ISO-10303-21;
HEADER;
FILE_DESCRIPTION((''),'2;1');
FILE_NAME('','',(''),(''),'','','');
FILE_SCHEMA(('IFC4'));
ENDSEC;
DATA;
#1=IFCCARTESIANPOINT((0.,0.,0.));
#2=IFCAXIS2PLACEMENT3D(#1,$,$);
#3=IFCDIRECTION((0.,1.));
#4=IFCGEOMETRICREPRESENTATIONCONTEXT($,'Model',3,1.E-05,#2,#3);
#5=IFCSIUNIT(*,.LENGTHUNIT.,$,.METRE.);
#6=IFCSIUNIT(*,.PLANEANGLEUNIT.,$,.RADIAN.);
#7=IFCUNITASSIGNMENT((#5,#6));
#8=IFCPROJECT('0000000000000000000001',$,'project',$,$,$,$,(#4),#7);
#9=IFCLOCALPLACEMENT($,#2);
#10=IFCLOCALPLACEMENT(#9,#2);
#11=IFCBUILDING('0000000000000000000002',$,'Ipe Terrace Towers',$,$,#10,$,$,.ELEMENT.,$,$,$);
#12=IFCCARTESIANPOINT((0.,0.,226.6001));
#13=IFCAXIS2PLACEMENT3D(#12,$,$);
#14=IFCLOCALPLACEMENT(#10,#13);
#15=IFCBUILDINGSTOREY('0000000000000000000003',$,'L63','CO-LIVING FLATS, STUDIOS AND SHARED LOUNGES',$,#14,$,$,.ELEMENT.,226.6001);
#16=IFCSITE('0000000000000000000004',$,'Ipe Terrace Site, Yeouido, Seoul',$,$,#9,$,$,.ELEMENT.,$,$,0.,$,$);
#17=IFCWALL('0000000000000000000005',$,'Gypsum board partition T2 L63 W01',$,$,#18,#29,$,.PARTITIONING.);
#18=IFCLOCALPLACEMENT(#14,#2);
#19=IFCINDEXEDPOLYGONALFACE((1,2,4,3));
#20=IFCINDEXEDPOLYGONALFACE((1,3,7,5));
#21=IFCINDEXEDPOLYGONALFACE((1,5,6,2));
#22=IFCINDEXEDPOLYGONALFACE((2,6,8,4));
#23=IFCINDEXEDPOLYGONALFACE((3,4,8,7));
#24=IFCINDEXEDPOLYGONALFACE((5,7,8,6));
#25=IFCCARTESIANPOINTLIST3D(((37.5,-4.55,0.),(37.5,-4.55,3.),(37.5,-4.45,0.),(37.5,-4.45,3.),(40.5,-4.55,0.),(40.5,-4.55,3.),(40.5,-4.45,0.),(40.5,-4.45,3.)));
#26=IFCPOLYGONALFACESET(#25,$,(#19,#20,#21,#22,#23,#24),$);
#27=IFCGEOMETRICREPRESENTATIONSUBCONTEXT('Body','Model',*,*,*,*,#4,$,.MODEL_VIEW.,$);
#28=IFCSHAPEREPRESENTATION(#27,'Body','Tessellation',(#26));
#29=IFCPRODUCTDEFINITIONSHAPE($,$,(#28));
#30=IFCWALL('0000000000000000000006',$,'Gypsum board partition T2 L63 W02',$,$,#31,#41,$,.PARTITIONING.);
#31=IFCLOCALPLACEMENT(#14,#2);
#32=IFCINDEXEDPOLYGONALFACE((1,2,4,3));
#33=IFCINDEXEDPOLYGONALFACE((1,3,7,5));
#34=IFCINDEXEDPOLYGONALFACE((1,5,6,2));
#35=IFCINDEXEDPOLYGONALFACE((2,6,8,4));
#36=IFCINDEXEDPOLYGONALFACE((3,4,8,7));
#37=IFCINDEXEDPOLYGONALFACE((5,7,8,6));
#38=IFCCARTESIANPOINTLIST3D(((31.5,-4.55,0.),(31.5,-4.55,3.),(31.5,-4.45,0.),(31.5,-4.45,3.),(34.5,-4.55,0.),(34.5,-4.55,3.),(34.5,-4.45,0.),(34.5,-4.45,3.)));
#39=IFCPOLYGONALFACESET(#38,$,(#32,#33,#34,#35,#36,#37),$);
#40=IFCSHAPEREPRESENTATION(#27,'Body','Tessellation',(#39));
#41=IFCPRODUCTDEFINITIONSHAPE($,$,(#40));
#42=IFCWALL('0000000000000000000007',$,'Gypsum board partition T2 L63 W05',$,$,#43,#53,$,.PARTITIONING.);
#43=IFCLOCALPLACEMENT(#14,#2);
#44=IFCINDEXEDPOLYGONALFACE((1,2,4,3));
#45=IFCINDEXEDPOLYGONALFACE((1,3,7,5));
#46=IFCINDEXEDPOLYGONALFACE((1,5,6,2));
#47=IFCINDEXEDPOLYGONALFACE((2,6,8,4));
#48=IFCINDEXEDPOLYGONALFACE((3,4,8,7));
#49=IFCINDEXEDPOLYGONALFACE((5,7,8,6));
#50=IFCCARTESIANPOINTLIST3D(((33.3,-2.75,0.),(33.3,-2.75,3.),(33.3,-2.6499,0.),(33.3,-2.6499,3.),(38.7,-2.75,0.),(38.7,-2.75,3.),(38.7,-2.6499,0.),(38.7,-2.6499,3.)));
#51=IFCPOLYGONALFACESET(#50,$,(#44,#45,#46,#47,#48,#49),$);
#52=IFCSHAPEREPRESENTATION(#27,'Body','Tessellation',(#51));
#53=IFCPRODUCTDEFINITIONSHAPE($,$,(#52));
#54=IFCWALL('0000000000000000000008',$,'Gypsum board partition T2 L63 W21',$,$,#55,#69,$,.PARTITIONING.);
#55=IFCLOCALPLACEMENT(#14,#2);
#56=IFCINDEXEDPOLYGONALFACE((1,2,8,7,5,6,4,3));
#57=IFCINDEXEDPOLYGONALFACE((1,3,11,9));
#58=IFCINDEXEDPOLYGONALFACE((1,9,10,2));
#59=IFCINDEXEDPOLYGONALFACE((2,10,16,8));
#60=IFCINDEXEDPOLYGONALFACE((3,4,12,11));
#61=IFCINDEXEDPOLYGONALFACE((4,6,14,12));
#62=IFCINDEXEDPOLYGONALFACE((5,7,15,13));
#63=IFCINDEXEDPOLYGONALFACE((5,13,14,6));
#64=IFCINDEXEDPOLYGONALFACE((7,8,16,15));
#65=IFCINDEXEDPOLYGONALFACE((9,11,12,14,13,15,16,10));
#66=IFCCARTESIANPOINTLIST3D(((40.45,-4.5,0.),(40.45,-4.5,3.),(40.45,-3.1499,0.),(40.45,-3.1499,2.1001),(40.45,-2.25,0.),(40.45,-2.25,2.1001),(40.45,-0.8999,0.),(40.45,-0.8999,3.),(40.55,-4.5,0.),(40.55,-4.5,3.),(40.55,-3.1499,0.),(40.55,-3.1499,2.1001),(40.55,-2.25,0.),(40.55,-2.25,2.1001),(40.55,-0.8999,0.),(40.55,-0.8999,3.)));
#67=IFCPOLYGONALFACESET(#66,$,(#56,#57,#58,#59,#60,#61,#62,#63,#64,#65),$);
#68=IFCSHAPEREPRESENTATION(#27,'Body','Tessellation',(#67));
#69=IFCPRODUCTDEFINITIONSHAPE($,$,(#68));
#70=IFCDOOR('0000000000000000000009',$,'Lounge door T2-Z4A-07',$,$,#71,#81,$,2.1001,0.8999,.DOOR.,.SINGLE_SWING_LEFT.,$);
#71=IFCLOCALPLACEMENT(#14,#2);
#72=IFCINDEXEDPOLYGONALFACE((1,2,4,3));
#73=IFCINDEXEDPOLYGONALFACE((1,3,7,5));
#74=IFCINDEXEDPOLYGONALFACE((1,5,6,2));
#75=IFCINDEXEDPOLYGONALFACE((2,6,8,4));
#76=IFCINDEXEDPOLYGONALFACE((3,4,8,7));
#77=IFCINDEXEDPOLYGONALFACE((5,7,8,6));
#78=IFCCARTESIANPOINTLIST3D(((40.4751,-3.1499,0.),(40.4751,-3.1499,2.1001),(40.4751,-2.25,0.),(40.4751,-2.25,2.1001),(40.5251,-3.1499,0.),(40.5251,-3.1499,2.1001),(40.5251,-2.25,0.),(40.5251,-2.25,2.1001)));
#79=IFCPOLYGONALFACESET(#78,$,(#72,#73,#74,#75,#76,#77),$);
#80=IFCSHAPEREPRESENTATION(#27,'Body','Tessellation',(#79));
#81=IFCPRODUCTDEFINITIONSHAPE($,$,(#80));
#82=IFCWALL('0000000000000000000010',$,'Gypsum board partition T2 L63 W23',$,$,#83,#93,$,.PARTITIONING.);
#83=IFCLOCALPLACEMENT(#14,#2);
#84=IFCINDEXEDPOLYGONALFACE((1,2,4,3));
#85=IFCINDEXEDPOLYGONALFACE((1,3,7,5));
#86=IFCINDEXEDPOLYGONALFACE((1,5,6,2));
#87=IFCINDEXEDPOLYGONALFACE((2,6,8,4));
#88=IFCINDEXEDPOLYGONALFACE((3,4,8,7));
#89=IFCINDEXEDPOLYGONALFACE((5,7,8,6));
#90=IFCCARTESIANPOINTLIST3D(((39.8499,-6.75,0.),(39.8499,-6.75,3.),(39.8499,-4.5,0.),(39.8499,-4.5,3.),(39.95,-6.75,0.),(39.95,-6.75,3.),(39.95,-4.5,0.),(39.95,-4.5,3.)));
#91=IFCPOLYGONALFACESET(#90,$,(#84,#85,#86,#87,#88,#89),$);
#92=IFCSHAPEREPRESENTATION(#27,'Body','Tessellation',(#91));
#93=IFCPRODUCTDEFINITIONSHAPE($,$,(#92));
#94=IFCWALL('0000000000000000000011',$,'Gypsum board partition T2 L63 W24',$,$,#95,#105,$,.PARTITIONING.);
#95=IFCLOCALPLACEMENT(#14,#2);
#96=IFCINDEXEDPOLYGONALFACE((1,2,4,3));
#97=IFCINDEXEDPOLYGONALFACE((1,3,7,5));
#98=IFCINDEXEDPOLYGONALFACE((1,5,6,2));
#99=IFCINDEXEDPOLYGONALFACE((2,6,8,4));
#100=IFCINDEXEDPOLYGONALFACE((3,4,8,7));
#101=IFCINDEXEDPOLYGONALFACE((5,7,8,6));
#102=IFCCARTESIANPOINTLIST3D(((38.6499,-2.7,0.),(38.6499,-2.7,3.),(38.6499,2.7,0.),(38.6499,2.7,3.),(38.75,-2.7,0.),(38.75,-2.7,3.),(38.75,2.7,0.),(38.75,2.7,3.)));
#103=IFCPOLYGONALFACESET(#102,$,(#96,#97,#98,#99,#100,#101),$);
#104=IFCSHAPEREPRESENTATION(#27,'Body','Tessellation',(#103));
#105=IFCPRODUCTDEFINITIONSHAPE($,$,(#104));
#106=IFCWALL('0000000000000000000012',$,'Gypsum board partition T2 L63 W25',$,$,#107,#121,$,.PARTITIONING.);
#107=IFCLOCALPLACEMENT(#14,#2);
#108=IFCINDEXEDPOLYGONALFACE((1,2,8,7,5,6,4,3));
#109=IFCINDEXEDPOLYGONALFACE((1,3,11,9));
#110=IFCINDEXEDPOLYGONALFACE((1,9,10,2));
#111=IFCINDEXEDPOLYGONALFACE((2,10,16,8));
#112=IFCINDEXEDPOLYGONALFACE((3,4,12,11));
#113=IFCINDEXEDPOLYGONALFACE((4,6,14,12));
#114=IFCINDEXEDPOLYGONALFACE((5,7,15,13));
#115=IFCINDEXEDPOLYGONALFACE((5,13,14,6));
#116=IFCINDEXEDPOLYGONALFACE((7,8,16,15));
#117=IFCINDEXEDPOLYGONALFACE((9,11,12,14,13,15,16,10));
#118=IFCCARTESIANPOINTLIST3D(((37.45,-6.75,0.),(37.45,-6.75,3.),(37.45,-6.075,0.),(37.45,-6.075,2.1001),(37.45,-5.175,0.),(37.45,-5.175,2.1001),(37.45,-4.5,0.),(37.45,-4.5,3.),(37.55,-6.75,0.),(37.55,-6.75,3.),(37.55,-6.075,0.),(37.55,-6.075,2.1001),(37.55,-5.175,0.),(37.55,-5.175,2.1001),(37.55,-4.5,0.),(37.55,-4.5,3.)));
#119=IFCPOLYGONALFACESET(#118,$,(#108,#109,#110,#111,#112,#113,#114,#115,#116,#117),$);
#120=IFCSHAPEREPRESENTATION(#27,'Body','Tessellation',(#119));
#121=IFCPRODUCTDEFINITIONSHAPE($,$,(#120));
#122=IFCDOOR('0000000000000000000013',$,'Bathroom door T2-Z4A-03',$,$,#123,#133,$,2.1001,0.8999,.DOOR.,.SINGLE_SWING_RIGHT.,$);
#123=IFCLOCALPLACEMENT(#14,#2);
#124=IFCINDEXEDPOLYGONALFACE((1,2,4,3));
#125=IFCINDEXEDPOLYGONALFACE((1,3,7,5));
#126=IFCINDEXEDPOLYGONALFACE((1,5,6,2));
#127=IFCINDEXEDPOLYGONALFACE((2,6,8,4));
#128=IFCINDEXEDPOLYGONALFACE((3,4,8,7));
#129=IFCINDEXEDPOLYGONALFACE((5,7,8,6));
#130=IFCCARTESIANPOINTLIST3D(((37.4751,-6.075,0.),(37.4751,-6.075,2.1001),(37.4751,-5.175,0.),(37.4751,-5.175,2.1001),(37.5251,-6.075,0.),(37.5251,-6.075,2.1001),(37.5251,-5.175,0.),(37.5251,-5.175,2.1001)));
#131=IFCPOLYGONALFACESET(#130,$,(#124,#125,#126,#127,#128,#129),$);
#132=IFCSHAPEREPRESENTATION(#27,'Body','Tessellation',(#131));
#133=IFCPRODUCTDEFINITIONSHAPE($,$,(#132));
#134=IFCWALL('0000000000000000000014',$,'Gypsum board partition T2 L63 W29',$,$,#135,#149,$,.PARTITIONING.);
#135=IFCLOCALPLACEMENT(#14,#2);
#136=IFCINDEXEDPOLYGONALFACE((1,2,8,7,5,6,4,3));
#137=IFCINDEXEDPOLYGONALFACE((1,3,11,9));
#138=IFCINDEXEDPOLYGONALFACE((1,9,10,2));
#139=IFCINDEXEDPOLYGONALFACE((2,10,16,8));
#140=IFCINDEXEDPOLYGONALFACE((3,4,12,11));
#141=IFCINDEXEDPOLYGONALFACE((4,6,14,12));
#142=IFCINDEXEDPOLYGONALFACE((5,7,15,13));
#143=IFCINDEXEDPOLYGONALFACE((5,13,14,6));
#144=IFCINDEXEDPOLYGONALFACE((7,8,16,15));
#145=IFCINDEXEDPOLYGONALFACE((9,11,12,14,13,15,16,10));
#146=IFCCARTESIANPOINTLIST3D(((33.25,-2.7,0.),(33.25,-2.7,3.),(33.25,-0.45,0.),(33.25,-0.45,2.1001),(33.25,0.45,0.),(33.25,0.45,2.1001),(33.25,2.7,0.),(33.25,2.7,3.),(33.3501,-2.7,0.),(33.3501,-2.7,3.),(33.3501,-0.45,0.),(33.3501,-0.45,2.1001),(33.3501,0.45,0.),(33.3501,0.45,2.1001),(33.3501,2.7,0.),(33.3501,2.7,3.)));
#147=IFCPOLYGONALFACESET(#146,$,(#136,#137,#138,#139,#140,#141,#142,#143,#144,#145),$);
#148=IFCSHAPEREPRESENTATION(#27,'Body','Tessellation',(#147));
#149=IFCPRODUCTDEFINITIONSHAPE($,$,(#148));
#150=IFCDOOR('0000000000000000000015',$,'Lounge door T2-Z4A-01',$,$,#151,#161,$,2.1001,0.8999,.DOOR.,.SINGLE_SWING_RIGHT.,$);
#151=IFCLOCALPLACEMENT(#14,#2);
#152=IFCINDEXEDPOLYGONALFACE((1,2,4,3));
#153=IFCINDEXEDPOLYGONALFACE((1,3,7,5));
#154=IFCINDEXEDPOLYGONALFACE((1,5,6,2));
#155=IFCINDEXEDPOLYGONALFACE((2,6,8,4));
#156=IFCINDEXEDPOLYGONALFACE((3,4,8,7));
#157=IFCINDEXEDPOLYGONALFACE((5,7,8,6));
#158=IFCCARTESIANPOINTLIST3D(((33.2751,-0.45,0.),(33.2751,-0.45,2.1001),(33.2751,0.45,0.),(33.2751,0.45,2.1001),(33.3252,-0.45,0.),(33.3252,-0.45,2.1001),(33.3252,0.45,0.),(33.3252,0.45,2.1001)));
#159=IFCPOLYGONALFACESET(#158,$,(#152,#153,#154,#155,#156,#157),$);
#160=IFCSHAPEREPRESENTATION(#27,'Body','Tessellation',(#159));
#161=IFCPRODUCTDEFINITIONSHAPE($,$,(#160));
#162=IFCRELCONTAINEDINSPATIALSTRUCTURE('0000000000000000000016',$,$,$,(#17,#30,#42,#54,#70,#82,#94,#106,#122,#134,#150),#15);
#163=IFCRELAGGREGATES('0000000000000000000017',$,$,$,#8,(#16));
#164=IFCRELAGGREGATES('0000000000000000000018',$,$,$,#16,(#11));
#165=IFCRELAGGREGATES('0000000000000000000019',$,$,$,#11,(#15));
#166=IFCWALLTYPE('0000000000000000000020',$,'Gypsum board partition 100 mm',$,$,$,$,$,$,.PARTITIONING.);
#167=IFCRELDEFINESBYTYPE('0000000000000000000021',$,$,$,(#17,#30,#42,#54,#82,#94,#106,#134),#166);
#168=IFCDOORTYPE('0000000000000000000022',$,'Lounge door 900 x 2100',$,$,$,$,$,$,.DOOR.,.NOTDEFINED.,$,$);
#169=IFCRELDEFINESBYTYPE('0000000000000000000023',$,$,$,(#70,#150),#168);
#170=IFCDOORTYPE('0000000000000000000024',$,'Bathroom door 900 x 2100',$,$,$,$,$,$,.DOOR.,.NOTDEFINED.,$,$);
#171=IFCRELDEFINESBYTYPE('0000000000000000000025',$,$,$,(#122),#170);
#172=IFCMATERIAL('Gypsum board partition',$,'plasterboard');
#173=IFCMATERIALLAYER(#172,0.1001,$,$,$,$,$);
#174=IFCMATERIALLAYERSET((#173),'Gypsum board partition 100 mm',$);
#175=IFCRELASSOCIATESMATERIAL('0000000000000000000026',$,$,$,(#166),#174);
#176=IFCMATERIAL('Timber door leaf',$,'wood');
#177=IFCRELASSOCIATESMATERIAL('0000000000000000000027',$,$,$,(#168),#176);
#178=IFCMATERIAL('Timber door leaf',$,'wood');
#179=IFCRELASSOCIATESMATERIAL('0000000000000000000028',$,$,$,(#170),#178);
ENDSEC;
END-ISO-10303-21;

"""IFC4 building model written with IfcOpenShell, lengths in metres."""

from ifc_helpers import new_model, si_unit, direction, frame, frame_2d, origin, place, context, subcontext, project, spatial, rectangle, extrude, material, layer, layer_set, type_object, element, fill, save


model = new_model("IFC4")

# Units and contexts
model_context = context("Model", 3, precision=1e-05, world=origin(), true_north=direction((0.0, 1.0)))
body_context = subcontext(model_context, "Body", "Model", "MODEL_VIEW")
ifc_project = project(units=[si_unit("LENGTHUNIT", "METRE"), si_unit("PLANEANGLEUNIT", "RADIAN")], contexts=[model_context])

# Site, building, storey
site_placement = place(None, origin())
site = spatial("IfcSite", under=ifc_project, at=site_placement, Name="Ipe Terrace Site, Yeouido, Seoul", CompositionType="ELEMENT", RefElevation=0.0)
building_placement = place(site_placement, origin())
building = spatial("IfcBuilding", under=site, at=building_placement, Name="Ipe Terrace Towers", CompositionType="ELEMENT")
storey_placement = place(building_placement, frame((0.0, 0.0, 226.6001)))
storey = spatial("IfcBuildingStorey", under=building, at=storey_placement, Name="L63", Description="CO-LIVING FLATS, STUDIOS AND SHARED LOUNGES", CompositionType="ELEMENT", Elevation=226.6001)

# Walls
ifc_material_1 = material(Name="Gypsum board partition", Category="plasterboard")
ifc_layer = layer(ifc_material_1, 0.1001)
ifc_layer_set = layer_set([ifc_layer], Name="Gypsum board partition 100 mm")
wall_type = type_object("IfcWallType", Name="Gypsum board partition 100 mm", PredefinedType="PARTITIONING", material=ifc_layer_set)
for number, where, z_axis, x_axis, name in (
    (1, (40.5, -4.5, 0.0), (0.0, 0.0, 1.0), (-1.0, 0.0, 0.0), "Gypsum board partition T2 L63 W01"),
    (2, (34.5, -4.5, 0.0), (0.0, 0.0, 1.0), (-1.0, 0.0, 0.0), "Gypsum board partition T2 L63 W02"),
):
    element("IfcWall", number, at=place(storey_placement, frame(where, z_axis=z_axis, x_axis=x_axis)), inside=storey, type_object=wall_type, Name=name, PredefinedType="PARTITIONING", context=body_context, shape_type="SweptSolid", body=[
        extrude(rectangle(XDim=3.0, YDim=0.1001, at=frame_2d((1.5, 0.0))), origin(), (0.0, 0.0, 1.0), 3.0),
    ])
wall_1_placement = place(storey_placement, frame((38.7, -2.7, 0.0), z_axis=(0.0, 0.0, 1.0), x_axis=(-1.0, 0.0, 0.0)))
element("IfcWall", 3, at=wall_1_placement, inside=storey, type_object=wall_type, Name="Gypsum board partition T2 L63 W05", PredefinedType="PARTITIONING", context=body_context, shape_type="SweptSolid", body=[
    extrude(rectangle(XDim=5.3999, YDim=0.1001, at=frame_2d((2.7, 0.0))), origin(), (0.0, 0.0, 1.0), 3.0),
])

# Wall, opening, door
wall_2_placement = place(storey_placement, frame((40.5, -4.5, 0.0), z_axis=(0.0, 0.0, 1.0), x_axis=(0.0, 1.0, 0.0)))
wall_2 = element("IfcWall", 4, at=wall_2_placement, inside=storey, type_object=wall_type, Name="Gypsum board partition T2 L63 W21", PredefinedType="PARTITIONING", context=body_context, shape_type="SweptSolid", body=[
    extrude(rectangle(XDim=3.6001, YDim=0.1001, at=frame_2d((1.8, 0.0))), origin(), (0.0, 0.0, 1.0), 3.0),
])
opening_1_placement = place(wall_2_placement, frame((1.3501, 0.0, 0.0)))
opening_1 = element("IfcOpeningElement", 5, at=opening_1_placement, cuts=wall_2, PredefinedType="OPENING", context=body_context, shape_type="SweptSolid", body=[
    extrude(rectangle(XDim=0.8999, YDim=2.1001, at=frame_2d((0.45, 1.05))), frame((0.0, 0.0601, 0.0), z_axis=(0.0, -1.0, 0.0), x_axis=(1.0, 0.0, 0.0)), (0.0, 0.0, 1.0), 0.1201),
])
ifc_material_2 = material(Name="Timber door leaf", Category="wood")
door_type_1 = type_object("IfcDoorType", Name="Lounge door 900 x 2100", OperationType="NOTDEFINED", PredefinedType="DOOR", material=ifc_material_2)
door_1_placement = place(opening_1_placement, origin())
door_1 = element("IfcDoor", 6, at=door_1_placement, inside=storey, type_object=door_type_1, Name="Lounge door T2-Z4A-07", OperationType="SINGLE_SWING_LEFT", OverallHeight=2.1001, OverallWidth=0.8999, PredefinedType="DOOR", context=body_context, shape_type="SweptSolid", body=[
    extrude(rectangle(XDim=0.8999, YDim=2.1001, at=frame_2d((0.45, 1.05))), frame((0.0, 0.0249, 0.0), z_axis=(0.0, -1.0, 0.0), x_axis=(1.0, 0.0, 0.0)), (0.0, 0.0, 1.0), 0.05),
])
fill(opening_1, door_1)

# Walls
wall_3_placement = place(storey_placement, frame((39.8999, -6.75, 0.0), z_axis=(0.0, 0.0, 1.0), x_axis=(0.0, 1.0, 0.0)))
element("IfcWall", 7, at=wall_3_placement, inside=storey, type_object=wall_type, Name="Gypsum board partition T2 L63 W23", PredefinedType="PARTITIONING", context=body_context, shape_type="SweptSolid", body=[
    extrude(rectangle(XDim=2.25, YDim=0.1001, at=frame_2d((1.125, 0.0))), origin(), (0.0, 0.0, 1.0), 3.0),
])
wall_4_placement = place(storey_placement, frame((38.7, -2.7, 0.0), z_axis=(0.0, 0.0, 1.0), x_axis=(0.0, 1.0, 0.0)))
element("IfcWall", 8, at=wall_4_placement, inside=storey, type_object=wall_type, Name="Gypsum board partition T2 L63 W24", PredefinedType="PARTITIONING", context=body_context, shape_type="SweptSolid", body=[
    extrude(rectangle(XDim=5.3999, YDim=0.1001, at=frame_2d((2.7, 0.0))), origin(), (0.0, 0.0, 1.0), 3.0),
])

# Walls, openings, doors
wall_5_placement = place(storey_placement, frame((37.5, -6.75, 0.0), z_axis=(0.0, 0.0, 1.0), x_axis=(0.0, 1.0, 0.0)))
wall_5 = element("IfcWall", 9, at=wall_5_placement, inside=storey, type_object=wall_type, Name="Gypsum board partition T2 L63 W25", PredefinedType="PARTITIONING", context=body_context, shape_type="SweptSolid", body=[
    extrude(rectangle(XDim=2.25, YDim=0.1001, at=frame_2d((1.125, 0.0))), origin(), (0.0, 0.0, 1.0), 3.0),
])
opening_2_placement = place(wall_5_placement, frame((0.675, 0.0, 0.0)))
opening_2 = element("IfcOpeningElement", 10, at=opening_2_placement, cuts=wall_5, PredefinedType="OPENING", context=body_context, shape_type="SweptSolid", body=[
    extrude(rectangle(XDim=0.8999, YDim=2.1001, at=frame_2d((0.45, 1.05))), frame((0.0, 0.0601, 0.0), z_axis=(0.0, -1.0, 0.0), x_axis=(1.0, 0.0, 0.0)), (0.0, 0.0, 1.0), 0.1201),
])
ifc_material_3 = material(Name="Timber door leaf", Category="wood")
door_type_2 = type_object("IfcDoorType", Name="Bathroom door 900 x 2100", OperationType="NOTDEFINED", PredefinedType="DOOR", material=ifc_material_3)
door_2_placement = place(opening_2_placement, origin())
door_2 = element("IfcDoor", 11, at=door_2_placement, inside=storey, type_object=door_type_2, Name="Bathroom door T2-Z4A-03", OperationType="SINGLE_SWING_RIGHT", OverallHeight=2.1001, OverallWidth=0.8999, PredefinedType="DOOR", context=body_context, shape_type="SweptSolid", body=[
    extrude(rectangle(XDim=0.8999, YDim=2.1001, at=frame_2d((0.45, 1.05))), frame((0.0, 0.0249, 0.0), z_axis=(0.0, -1.0, 0.0), x_axis=(1.0, 0.0, 0.0)), (0.0, 0.0, 1.0), 0.05),
])
fill(opening_2, door_2)
wall_6_placement = place(storey_placement, frame((33.3, -2.7, 0.0), z_axis=(0.0, 0.0, 1.0), x_axis=(0.0, 1.0, 0.0)))
wall_6 = element("IfcWall", 12, at=wall_6_placement, inside=storey, type_object=wall_type, Name="Gypsum board partition T2 L63 W29", PredefinedType="PARTITIONING", context=body_context, shape_type="SweptSolid", body=[
    extrude(rectangle(XDim=5.3999, YDim=0.1001, at=frame_2d((2.7, 0.0))), origin(), (0.0, 0.0, 1.0), 3.0),
])
opening_3_placement = place(wall_6_placement, frame((2.25, 0.0, 0.0)))
opening_3 = element("IfcOpeningElement", 13, at=opening_3_placement, cuts=wall_6, PredefinedType="OPENING", context=body_context, shape_type="SweptSolid", body=[
    extrude(rectangle(XDim=0.8999, YDim=2.1001, at=frame_2d((0.45, 1.05))), frame((0.0, 0.0601, 0.0), z_axis=(0.0, -1.0, 0.0), x_axis=(1.0, 0.0, 0.0)), (0.0, 0.0, 1.0), 0.1201),
])
door_3_placement = place(opening_3_placement, origin())
door_3 = element("IfcDoor", 14, at=door_3_placement, inside=storey, type_object=door_type_1, Name="Lounge door T2-Z4A-01", OperationType="SINGLE_SWING_RIGHT", OverallHeight=2.1001, OverallWidth=0.8999, PredefinedType="DOOR", context=body_context, shape_type="SweptSolid", body=[
    extrude(rectangle(XDim=0.8999, YDim=2.1001, at=frame_2d((0.45, 1.05))), frame((0.0, 0.0249, 0.0), z_axis=(0.0, -1.0, 0.0), x_axis=(1.0, 0.0, 0.0)), (0.0, 0.0, 1.0), 0.05),
])
fill(opening_3, door_3)

save(model, "model.ifc")
